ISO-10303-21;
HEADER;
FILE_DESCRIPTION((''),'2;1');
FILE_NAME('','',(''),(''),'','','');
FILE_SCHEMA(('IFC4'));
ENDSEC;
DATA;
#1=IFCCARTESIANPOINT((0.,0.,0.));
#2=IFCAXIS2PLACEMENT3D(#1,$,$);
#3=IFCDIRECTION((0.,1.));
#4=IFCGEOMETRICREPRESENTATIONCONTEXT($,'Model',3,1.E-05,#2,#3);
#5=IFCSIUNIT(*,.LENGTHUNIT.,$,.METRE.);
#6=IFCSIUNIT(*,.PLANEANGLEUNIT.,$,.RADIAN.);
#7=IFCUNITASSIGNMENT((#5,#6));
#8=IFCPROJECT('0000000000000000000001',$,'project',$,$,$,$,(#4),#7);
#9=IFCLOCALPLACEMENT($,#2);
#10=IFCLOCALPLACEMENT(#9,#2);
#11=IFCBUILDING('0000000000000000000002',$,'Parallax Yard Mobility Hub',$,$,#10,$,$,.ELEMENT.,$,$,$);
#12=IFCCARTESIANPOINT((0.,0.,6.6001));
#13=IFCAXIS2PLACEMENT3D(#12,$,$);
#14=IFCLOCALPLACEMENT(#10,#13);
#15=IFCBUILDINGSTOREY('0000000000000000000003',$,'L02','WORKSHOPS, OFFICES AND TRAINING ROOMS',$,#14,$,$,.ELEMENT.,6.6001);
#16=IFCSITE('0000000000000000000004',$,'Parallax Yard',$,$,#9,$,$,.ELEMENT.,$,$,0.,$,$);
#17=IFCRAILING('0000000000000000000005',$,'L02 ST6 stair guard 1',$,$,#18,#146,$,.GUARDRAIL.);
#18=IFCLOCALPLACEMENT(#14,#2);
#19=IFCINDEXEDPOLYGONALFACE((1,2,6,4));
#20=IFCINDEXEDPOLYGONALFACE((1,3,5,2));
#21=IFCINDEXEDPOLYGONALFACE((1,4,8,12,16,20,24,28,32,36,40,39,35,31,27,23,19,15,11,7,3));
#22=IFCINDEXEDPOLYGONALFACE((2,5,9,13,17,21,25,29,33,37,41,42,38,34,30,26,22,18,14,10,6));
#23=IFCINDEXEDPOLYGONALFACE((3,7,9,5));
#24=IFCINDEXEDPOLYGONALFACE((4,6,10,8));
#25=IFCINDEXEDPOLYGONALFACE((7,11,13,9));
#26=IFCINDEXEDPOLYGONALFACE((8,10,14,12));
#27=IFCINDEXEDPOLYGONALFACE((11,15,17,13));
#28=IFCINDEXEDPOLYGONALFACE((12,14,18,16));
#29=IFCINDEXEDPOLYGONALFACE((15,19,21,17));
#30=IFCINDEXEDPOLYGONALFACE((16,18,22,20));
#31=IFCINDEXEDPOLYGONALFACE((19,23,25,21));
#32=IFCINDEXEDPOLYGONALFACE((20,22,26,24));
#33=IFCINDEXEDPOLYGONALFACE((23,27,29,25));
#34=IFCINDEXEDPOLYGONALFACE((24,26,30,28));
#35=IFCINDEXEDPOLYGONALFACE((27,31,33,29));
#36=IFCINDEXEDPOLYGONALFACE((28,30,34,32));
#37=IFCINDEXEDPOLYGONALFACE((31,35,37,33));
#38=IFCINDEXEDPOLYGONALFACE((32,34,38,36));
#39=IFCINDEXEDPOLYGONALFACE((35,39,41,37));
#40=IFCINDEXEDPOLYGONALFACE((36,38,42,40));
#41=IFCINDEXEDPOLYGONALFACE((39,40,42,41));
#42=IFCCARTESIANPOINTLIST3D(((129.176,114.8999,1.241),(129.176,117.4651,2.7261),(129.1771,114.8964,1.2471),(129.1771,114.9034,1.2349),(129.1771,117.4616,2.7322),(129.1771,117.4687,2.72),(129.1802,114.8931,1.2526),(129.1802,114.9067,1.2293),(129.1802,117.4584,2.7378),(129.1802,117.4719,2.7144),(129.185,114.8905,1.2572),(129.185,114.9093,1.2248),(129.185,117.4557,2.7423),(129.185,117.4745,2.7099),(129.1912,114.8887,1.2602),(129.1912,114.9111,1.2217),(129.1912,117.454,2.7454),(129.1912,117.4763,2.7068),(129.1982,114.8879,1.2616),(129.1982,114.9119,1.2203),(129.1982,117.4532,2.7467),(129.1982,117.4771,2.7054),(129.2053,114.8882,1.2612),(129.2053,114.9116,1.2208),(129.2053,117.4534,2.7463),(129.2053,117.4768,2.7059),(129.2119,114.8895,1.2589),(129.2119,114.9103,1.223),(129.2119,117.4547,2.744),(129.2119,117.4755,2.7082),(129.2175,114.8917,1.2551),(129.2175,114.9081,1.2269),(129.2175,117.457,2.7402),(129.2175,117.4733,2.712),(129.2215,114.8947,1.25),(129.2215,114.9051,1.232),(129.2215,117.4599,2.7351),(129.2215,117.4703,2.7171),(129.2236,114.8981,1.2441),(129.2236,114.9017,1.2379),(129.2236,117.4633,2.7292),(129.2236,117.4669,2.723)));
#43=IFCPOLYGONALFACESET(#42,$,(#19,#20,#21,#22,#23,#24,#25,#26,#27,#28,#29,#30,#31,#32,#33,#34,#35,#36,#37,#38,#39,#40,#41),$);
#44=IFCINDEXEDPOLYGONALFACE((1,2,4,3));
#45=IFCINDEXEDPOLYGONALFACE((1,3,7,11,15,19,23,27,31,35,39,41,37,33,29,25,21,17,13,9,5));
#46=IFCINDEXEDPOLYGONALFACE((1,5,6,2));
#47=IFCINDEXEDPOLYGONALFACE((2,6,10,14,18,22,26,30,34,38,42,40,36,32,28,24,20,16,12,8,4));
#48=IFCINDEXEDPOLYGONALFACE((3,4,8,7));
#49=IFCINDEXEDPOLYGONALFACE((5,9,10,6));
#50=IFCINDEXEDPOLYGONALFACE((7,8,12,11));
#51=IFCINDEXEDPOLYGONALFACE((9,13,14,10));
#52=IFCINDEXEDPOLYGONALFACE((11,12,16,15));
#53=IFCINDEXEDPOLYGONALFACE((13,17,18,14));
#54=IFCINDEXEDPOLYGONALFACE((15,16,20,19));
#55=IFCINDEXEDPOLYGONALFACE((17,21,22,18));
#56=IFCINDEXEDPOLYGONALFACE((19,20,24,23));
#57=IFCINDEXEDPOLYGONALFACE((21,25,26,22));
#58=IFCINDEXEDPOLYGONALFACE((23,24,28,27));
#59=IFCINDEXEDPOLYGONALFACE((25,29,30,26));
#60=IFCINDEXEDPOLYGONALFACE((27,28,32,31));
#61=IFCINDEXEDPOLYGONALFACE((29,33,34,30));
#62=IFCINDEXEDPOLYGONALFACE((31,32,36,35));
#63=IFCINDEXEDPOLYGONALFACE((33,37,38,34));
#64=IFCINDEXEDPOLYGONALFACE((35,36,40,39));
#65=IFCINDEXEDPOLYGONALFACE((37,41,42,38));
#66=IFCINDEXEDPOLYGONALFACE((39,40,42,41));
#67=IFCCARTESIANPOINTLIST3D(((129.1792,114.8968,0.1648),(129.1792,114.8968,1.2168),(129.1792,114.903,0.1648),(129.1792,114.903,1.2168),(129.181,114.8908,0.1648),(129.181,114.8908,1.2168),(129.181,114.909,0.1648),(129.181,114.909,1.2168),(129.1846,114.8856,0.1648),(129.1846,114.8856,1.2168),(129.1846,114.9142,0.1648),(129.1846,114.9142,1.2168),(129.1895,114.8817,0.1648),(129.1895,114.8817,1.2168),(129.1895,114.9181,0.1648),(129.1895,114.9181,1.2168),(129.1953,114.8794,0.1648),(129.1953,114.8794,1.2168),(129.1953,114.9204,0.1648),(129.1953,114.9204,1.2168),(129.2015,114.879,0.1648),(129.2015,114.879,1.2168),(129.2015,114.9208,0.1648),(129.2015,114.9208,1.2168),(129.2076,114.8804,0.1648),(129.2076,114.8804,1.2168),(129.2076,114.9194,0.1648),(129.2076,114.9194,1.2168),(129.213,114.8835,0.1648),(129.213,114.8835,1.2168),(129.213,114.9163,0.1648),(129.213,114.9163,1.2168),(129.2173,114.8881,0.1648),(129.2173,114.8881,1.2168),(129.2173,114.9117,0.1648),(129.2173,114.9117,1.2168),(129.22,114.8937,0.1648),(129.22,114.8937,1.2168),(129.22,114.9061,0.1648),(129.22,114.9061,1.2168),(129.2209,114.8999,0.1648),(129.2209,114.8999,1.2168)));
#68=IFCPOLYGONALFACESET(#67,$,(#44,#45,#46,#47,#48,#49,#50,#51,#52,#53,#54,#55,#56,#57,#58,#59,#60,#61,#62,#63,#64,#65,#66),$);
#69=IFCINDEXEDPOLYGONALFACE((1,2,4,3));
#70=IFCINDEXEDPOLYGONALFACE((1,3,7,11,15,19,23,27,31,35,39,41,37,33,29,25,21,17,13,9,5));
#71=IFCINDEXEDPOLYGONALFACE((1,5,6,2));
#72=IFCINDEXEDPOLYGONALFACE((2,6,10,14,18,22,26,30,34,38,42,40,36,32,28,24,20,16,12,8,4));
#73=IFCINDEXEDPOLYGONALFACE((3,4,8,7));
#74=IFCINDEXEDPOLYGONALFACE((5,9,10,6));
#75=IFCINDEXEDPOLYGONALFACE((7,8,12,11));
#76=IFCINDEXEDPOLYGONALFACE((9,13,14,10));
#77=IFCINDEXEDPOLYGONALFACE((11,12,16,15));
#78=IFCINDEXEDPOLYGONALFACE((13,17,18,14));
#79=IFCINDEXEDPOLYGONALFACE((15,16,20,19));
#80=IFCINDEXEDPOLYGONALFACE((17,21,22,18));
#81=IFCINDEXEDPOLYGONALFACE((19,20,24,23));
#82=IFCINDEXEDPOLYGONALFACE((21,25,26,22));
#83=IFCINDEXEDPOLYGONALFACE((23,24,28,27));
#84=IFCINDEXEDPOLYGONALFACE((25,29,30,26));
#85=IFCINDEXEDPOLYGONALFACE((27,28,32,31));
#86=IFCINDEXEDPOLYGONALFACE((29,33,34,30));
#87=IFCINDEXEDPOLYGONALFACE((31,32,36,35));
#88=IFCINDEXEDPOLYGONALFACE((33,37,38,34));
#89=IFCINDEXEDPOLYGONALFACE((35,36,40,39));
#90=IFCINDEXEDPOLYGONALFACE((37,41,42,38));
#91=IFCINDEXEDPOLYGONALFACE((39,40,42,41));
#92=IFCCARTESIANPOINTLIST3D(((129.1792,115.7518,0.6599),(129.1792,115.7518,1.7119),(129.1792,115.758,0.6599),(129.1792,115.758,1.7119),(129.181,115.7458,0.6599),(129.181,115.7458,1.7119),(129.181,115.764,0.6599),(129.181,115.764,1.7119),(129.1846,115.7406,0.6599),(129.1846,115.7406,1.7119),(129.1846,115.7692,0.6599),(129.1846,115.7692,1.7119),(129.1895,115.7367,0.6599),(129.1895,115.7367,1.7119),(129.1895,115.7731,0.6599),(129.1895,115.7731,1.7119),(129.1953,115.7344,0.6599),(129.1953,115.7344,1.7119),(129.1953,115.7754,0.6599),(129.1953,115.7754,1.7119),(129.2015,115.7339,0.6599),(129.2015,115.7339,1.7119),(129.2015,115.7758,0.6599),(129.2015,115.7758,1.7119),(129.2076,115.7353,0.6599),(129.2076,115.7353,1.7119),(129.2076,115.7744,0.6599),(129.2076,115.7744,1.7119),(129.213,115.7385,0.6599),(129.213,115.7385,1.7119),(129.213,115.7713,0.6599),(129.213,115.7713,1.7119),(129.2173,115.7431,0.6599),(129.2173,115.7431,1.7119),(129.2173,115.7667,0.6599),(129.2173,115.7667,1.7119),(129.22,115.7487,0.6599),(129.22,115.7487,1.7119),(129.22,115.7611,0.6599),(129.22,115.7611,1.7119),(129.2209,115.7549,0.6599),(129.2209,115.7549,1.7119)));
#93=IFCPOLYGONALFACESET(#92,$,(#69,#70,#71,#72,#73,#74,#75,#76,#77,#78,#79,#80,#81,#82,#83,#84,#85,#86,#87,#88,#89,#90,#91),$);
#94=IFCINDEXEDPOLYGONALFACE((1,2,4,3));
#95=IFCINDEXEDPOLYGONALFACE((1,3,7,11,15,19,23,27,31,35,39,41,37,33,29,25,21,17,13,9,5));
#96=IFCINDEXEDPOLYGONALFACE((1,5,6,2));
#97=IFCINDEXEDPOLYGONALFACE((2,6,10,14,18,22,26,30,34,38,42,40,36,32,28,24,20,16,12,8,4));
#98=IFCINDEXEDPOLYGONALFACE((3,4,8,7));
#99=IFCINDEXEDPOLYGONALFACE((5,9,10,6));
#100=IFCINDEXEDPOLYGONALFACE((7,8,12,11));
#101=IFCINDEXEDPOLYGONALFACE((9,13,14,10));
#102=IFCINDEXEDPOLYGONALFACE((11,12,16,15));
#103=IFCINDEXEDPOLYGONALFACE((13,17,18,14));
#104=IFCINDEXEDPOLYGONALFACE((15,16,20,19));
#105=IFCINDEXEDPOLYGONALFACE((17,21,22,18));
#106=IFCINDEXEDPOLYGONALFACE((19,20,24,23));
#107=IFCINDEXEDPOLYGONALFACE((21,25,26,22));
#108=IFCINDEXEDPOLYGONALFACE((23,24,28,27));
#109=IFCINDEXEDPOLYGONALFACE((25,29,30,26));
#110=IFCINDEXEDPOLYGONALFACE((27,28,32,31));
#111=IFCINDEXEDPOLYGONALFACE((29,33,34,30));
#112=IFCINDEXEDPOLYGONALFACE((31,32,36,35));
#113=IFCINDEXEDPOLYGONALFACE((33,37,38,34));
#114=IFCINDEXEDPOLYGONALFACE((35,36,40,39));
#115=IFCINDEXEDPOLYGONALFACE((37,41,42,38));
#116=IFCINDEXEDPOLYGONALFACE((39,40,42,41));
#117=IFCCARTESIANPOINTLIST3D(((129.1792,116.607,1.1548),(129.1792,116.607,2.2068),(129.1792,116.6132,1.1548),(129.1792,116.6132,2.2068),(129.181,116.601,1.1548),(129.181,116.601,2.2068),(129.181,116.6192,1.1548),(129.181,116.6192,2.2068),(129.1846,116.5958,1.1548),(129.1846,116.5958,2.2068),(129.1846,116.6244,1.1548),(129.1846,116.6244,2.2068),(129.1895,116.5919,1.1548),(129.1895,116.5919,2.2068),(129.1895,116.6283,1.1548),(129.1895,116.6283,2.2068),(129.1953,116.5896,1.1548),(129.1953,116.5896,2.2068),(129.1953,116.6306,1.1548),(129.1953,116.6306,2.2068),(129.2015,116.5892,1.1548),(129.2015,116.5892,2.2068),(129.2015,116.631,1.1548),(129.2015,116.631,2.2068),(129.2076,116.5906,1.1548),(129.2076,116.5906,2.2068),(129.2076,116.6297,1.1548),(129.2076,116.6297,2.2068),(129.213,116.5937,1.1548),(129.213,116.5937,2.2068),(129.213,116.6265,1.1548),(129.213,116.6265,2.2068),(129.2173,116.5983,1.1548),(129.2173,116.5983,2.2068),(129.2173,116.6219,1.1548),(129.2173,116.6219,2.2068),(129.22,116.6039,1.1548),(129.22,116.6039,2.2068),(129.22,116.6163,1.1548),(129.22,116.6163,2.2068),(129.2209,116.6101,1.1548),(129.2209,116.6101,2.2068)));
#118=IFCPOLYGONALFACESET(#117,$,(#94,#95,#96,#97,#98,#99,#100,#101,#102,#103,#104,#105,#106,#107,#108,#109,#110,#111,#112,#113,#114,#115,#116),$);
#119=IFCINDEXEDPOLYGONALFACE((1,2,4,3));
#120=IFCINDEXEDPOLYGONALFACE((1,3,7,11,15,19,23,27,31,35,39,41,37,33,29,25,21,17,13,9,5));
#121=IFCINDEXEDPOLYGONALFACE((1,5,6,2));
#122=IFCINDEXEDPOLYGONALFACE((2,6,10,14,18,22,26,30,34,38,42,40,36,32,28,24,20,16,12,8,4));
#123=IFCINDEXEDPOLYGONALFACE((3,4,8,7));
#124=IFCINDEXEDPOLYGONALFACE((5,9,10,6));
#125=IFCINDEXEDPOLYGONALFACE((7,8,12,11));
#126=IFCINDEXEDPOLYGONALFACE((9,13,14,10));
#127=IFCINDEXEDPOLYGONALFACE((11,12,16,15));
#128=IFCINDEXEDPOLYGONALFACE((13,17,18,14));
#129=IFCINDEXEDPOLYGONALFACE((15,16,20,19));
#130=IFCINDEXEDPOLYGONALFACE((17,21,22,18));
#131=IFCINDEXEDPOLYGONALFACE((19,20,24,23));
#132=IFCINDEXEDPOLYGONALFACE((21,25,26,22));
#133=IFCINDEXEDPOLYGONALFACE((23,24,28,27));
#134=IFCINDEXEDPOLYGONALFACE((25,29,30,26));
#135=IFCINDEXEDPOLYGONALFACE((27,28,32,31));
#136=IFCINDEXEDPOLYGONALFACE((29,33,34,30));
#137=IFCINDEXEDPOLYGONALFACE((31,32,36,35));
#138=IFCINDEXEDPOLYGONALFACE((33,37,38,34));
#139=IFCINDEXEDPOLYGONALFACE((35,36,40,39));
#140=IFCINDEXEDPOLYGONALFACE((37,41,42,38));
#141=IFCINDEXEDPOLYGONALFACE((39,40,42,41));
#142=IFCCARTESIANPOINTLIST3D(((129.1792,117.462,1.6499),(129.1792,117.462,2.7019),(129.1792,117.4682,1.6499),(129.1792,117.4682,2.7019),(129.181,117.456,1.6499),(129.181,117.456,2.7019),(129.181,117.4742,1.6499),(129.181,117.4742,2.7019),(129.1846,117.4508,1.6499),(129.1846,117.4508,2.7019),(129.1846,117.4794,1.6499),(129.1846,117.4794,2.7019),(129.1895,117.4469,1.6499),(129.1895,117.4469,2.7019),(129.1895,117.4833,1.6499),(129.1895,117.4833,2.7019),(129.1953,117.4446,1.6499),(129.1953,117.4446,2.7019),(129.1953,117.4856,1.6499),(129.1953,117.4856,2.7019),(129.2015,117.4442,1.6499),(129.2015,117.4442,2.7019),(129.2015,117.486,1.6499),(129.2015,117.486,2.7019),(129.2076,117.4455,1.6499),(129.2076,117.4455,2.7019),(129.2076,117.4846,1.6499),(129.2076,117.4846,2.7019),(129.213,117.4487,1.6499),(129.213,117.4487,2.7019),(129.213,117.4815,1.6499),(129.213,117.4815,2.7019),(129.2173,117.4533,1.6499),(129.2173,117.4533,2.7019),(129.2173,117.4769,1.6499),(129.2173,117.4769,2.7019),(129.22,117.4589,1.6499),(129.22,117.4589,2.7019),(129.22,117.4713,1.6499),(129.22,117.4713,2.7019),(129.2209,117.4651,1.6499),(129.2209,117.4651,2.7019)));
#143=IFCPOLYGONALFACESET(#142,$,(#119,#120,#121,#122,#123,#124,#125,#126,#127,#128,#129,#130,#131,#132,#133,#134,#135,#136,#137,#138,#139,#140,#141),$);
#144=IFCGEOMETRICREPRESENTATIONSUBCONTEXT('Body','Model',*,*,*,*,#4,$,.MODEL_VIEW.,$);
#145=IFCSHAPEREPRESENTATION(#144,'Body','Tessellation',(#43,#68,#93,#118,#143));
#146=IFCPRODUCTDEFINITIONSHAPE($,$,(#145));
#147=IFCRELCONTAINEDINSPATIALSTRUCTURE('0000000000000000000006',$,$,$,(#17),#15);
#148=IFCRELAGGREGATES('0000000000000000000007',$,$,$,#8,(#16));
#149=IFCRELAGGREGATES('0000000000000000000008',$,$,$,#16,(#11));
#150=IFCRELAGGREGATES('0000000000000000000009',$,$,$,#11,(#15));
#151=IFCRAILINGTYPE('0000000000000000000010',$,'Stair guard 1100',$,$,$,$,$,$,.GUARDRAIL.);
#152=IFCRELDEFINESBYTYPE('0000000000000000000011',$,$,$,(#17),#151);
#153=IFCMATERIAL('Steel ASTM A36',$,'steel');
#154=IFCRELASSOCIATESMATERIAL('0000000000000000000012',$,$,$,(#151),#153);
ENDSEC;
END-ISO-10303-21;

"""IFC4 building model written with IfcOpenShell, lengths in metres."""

from ifc_helpers import new_model, si_unit, direction, frame, origin, origin_2d, place, context, subcontext, project, spatial, circle, extrude, material, type_object, element, save


model = new_model("IFC4")

# Units and contexts
model_context = context("Model", 3, precision=1e-05, world=origin(), true_north=direction((0.0, 1.0)))
body_context = subcontext(model_context, "Body", "Model", "MODEL_VIEW")
ifc_project = project(units=[si_unit("LENGTHUNIT", "METRE"), si_unit("PLANEANGLEUNIT", "RADIAN")], contexts=[model_context])

# Site, building, storey
site_placement = place(None, origin())
site = spatial("IfcSite", under=ifc_project, at=site_placement, Name="Parallax Yard", CompositionType="ELEMENT", RefElevation=0.0)
building_placement = place(site_placement, origin())
building = spatial("IfcBuilding", under=site, at=building_placement, Name="Parallax Yard Mobility Hub", CompositionType="ELEMENT")
storey_placement = place(building_placement, frame((0.0, 0.0, 6.6001)))
storey = spatial("IfcBuildingStorey", under=building, at=storey_placement, Name="L02", Description="WORKSHOPS, OFFICES AND TRAINING ROOMS", CompositionType="ELEMENT", Elevation=6.6001)

# Railing
ifc_material_1 = material(Name="Steel ASTM A36", Category="steel")
railing_type_1 = type_object("IfcRailingType", Name="Stair guard 1100", PredefinedType="GUARDRAIL", material=ifc_material_1)
railing_1_placement = place(storey_placement, frame((129.2, 114.8999, 0.1648)))
element("IfcRailing", 1, at=railing_1_placement, inside=storey, type_object=railing_type_1, Name="L02 ST6 stair guard 1", PredefinedType="GUARDRAIL", context=body_context, shape_type="SweptSolid", body=[
    extrude(circle(Radius=0.0239, at=origin_2d()), frame((0.0, 0.0, 1.0762), z_axis=(0.0, 0.865426, 0.501036), x_axis=(-1.0, 0.0, 0.0)), (0.0, 0.0, 1.0), 2.9641),
    extrude(circle(Radius=0.021, at=origin_2d()), origin(), (0.0, 0.0, 1.0), 1.052),
    extrude(circle(Radius=0.021, at=origin_2d()), frame((0.0, 0.855, 0.4951)), (0.0, 0.0, 1.0), 1.052),
    extrude(circle(Radius=0.021, at=origin_2d()), frame((0.0, 1.7102, 0.99)), (0.0, 0.0, 1.0), 1.052),
    extrude(circle(Radius=0.021, at=origin_2d()), frame((0.0, 2.5652, 1.4851)), (0.0, 0.0, 1.0), 1.052),
])

save(model, "model.ifc")
